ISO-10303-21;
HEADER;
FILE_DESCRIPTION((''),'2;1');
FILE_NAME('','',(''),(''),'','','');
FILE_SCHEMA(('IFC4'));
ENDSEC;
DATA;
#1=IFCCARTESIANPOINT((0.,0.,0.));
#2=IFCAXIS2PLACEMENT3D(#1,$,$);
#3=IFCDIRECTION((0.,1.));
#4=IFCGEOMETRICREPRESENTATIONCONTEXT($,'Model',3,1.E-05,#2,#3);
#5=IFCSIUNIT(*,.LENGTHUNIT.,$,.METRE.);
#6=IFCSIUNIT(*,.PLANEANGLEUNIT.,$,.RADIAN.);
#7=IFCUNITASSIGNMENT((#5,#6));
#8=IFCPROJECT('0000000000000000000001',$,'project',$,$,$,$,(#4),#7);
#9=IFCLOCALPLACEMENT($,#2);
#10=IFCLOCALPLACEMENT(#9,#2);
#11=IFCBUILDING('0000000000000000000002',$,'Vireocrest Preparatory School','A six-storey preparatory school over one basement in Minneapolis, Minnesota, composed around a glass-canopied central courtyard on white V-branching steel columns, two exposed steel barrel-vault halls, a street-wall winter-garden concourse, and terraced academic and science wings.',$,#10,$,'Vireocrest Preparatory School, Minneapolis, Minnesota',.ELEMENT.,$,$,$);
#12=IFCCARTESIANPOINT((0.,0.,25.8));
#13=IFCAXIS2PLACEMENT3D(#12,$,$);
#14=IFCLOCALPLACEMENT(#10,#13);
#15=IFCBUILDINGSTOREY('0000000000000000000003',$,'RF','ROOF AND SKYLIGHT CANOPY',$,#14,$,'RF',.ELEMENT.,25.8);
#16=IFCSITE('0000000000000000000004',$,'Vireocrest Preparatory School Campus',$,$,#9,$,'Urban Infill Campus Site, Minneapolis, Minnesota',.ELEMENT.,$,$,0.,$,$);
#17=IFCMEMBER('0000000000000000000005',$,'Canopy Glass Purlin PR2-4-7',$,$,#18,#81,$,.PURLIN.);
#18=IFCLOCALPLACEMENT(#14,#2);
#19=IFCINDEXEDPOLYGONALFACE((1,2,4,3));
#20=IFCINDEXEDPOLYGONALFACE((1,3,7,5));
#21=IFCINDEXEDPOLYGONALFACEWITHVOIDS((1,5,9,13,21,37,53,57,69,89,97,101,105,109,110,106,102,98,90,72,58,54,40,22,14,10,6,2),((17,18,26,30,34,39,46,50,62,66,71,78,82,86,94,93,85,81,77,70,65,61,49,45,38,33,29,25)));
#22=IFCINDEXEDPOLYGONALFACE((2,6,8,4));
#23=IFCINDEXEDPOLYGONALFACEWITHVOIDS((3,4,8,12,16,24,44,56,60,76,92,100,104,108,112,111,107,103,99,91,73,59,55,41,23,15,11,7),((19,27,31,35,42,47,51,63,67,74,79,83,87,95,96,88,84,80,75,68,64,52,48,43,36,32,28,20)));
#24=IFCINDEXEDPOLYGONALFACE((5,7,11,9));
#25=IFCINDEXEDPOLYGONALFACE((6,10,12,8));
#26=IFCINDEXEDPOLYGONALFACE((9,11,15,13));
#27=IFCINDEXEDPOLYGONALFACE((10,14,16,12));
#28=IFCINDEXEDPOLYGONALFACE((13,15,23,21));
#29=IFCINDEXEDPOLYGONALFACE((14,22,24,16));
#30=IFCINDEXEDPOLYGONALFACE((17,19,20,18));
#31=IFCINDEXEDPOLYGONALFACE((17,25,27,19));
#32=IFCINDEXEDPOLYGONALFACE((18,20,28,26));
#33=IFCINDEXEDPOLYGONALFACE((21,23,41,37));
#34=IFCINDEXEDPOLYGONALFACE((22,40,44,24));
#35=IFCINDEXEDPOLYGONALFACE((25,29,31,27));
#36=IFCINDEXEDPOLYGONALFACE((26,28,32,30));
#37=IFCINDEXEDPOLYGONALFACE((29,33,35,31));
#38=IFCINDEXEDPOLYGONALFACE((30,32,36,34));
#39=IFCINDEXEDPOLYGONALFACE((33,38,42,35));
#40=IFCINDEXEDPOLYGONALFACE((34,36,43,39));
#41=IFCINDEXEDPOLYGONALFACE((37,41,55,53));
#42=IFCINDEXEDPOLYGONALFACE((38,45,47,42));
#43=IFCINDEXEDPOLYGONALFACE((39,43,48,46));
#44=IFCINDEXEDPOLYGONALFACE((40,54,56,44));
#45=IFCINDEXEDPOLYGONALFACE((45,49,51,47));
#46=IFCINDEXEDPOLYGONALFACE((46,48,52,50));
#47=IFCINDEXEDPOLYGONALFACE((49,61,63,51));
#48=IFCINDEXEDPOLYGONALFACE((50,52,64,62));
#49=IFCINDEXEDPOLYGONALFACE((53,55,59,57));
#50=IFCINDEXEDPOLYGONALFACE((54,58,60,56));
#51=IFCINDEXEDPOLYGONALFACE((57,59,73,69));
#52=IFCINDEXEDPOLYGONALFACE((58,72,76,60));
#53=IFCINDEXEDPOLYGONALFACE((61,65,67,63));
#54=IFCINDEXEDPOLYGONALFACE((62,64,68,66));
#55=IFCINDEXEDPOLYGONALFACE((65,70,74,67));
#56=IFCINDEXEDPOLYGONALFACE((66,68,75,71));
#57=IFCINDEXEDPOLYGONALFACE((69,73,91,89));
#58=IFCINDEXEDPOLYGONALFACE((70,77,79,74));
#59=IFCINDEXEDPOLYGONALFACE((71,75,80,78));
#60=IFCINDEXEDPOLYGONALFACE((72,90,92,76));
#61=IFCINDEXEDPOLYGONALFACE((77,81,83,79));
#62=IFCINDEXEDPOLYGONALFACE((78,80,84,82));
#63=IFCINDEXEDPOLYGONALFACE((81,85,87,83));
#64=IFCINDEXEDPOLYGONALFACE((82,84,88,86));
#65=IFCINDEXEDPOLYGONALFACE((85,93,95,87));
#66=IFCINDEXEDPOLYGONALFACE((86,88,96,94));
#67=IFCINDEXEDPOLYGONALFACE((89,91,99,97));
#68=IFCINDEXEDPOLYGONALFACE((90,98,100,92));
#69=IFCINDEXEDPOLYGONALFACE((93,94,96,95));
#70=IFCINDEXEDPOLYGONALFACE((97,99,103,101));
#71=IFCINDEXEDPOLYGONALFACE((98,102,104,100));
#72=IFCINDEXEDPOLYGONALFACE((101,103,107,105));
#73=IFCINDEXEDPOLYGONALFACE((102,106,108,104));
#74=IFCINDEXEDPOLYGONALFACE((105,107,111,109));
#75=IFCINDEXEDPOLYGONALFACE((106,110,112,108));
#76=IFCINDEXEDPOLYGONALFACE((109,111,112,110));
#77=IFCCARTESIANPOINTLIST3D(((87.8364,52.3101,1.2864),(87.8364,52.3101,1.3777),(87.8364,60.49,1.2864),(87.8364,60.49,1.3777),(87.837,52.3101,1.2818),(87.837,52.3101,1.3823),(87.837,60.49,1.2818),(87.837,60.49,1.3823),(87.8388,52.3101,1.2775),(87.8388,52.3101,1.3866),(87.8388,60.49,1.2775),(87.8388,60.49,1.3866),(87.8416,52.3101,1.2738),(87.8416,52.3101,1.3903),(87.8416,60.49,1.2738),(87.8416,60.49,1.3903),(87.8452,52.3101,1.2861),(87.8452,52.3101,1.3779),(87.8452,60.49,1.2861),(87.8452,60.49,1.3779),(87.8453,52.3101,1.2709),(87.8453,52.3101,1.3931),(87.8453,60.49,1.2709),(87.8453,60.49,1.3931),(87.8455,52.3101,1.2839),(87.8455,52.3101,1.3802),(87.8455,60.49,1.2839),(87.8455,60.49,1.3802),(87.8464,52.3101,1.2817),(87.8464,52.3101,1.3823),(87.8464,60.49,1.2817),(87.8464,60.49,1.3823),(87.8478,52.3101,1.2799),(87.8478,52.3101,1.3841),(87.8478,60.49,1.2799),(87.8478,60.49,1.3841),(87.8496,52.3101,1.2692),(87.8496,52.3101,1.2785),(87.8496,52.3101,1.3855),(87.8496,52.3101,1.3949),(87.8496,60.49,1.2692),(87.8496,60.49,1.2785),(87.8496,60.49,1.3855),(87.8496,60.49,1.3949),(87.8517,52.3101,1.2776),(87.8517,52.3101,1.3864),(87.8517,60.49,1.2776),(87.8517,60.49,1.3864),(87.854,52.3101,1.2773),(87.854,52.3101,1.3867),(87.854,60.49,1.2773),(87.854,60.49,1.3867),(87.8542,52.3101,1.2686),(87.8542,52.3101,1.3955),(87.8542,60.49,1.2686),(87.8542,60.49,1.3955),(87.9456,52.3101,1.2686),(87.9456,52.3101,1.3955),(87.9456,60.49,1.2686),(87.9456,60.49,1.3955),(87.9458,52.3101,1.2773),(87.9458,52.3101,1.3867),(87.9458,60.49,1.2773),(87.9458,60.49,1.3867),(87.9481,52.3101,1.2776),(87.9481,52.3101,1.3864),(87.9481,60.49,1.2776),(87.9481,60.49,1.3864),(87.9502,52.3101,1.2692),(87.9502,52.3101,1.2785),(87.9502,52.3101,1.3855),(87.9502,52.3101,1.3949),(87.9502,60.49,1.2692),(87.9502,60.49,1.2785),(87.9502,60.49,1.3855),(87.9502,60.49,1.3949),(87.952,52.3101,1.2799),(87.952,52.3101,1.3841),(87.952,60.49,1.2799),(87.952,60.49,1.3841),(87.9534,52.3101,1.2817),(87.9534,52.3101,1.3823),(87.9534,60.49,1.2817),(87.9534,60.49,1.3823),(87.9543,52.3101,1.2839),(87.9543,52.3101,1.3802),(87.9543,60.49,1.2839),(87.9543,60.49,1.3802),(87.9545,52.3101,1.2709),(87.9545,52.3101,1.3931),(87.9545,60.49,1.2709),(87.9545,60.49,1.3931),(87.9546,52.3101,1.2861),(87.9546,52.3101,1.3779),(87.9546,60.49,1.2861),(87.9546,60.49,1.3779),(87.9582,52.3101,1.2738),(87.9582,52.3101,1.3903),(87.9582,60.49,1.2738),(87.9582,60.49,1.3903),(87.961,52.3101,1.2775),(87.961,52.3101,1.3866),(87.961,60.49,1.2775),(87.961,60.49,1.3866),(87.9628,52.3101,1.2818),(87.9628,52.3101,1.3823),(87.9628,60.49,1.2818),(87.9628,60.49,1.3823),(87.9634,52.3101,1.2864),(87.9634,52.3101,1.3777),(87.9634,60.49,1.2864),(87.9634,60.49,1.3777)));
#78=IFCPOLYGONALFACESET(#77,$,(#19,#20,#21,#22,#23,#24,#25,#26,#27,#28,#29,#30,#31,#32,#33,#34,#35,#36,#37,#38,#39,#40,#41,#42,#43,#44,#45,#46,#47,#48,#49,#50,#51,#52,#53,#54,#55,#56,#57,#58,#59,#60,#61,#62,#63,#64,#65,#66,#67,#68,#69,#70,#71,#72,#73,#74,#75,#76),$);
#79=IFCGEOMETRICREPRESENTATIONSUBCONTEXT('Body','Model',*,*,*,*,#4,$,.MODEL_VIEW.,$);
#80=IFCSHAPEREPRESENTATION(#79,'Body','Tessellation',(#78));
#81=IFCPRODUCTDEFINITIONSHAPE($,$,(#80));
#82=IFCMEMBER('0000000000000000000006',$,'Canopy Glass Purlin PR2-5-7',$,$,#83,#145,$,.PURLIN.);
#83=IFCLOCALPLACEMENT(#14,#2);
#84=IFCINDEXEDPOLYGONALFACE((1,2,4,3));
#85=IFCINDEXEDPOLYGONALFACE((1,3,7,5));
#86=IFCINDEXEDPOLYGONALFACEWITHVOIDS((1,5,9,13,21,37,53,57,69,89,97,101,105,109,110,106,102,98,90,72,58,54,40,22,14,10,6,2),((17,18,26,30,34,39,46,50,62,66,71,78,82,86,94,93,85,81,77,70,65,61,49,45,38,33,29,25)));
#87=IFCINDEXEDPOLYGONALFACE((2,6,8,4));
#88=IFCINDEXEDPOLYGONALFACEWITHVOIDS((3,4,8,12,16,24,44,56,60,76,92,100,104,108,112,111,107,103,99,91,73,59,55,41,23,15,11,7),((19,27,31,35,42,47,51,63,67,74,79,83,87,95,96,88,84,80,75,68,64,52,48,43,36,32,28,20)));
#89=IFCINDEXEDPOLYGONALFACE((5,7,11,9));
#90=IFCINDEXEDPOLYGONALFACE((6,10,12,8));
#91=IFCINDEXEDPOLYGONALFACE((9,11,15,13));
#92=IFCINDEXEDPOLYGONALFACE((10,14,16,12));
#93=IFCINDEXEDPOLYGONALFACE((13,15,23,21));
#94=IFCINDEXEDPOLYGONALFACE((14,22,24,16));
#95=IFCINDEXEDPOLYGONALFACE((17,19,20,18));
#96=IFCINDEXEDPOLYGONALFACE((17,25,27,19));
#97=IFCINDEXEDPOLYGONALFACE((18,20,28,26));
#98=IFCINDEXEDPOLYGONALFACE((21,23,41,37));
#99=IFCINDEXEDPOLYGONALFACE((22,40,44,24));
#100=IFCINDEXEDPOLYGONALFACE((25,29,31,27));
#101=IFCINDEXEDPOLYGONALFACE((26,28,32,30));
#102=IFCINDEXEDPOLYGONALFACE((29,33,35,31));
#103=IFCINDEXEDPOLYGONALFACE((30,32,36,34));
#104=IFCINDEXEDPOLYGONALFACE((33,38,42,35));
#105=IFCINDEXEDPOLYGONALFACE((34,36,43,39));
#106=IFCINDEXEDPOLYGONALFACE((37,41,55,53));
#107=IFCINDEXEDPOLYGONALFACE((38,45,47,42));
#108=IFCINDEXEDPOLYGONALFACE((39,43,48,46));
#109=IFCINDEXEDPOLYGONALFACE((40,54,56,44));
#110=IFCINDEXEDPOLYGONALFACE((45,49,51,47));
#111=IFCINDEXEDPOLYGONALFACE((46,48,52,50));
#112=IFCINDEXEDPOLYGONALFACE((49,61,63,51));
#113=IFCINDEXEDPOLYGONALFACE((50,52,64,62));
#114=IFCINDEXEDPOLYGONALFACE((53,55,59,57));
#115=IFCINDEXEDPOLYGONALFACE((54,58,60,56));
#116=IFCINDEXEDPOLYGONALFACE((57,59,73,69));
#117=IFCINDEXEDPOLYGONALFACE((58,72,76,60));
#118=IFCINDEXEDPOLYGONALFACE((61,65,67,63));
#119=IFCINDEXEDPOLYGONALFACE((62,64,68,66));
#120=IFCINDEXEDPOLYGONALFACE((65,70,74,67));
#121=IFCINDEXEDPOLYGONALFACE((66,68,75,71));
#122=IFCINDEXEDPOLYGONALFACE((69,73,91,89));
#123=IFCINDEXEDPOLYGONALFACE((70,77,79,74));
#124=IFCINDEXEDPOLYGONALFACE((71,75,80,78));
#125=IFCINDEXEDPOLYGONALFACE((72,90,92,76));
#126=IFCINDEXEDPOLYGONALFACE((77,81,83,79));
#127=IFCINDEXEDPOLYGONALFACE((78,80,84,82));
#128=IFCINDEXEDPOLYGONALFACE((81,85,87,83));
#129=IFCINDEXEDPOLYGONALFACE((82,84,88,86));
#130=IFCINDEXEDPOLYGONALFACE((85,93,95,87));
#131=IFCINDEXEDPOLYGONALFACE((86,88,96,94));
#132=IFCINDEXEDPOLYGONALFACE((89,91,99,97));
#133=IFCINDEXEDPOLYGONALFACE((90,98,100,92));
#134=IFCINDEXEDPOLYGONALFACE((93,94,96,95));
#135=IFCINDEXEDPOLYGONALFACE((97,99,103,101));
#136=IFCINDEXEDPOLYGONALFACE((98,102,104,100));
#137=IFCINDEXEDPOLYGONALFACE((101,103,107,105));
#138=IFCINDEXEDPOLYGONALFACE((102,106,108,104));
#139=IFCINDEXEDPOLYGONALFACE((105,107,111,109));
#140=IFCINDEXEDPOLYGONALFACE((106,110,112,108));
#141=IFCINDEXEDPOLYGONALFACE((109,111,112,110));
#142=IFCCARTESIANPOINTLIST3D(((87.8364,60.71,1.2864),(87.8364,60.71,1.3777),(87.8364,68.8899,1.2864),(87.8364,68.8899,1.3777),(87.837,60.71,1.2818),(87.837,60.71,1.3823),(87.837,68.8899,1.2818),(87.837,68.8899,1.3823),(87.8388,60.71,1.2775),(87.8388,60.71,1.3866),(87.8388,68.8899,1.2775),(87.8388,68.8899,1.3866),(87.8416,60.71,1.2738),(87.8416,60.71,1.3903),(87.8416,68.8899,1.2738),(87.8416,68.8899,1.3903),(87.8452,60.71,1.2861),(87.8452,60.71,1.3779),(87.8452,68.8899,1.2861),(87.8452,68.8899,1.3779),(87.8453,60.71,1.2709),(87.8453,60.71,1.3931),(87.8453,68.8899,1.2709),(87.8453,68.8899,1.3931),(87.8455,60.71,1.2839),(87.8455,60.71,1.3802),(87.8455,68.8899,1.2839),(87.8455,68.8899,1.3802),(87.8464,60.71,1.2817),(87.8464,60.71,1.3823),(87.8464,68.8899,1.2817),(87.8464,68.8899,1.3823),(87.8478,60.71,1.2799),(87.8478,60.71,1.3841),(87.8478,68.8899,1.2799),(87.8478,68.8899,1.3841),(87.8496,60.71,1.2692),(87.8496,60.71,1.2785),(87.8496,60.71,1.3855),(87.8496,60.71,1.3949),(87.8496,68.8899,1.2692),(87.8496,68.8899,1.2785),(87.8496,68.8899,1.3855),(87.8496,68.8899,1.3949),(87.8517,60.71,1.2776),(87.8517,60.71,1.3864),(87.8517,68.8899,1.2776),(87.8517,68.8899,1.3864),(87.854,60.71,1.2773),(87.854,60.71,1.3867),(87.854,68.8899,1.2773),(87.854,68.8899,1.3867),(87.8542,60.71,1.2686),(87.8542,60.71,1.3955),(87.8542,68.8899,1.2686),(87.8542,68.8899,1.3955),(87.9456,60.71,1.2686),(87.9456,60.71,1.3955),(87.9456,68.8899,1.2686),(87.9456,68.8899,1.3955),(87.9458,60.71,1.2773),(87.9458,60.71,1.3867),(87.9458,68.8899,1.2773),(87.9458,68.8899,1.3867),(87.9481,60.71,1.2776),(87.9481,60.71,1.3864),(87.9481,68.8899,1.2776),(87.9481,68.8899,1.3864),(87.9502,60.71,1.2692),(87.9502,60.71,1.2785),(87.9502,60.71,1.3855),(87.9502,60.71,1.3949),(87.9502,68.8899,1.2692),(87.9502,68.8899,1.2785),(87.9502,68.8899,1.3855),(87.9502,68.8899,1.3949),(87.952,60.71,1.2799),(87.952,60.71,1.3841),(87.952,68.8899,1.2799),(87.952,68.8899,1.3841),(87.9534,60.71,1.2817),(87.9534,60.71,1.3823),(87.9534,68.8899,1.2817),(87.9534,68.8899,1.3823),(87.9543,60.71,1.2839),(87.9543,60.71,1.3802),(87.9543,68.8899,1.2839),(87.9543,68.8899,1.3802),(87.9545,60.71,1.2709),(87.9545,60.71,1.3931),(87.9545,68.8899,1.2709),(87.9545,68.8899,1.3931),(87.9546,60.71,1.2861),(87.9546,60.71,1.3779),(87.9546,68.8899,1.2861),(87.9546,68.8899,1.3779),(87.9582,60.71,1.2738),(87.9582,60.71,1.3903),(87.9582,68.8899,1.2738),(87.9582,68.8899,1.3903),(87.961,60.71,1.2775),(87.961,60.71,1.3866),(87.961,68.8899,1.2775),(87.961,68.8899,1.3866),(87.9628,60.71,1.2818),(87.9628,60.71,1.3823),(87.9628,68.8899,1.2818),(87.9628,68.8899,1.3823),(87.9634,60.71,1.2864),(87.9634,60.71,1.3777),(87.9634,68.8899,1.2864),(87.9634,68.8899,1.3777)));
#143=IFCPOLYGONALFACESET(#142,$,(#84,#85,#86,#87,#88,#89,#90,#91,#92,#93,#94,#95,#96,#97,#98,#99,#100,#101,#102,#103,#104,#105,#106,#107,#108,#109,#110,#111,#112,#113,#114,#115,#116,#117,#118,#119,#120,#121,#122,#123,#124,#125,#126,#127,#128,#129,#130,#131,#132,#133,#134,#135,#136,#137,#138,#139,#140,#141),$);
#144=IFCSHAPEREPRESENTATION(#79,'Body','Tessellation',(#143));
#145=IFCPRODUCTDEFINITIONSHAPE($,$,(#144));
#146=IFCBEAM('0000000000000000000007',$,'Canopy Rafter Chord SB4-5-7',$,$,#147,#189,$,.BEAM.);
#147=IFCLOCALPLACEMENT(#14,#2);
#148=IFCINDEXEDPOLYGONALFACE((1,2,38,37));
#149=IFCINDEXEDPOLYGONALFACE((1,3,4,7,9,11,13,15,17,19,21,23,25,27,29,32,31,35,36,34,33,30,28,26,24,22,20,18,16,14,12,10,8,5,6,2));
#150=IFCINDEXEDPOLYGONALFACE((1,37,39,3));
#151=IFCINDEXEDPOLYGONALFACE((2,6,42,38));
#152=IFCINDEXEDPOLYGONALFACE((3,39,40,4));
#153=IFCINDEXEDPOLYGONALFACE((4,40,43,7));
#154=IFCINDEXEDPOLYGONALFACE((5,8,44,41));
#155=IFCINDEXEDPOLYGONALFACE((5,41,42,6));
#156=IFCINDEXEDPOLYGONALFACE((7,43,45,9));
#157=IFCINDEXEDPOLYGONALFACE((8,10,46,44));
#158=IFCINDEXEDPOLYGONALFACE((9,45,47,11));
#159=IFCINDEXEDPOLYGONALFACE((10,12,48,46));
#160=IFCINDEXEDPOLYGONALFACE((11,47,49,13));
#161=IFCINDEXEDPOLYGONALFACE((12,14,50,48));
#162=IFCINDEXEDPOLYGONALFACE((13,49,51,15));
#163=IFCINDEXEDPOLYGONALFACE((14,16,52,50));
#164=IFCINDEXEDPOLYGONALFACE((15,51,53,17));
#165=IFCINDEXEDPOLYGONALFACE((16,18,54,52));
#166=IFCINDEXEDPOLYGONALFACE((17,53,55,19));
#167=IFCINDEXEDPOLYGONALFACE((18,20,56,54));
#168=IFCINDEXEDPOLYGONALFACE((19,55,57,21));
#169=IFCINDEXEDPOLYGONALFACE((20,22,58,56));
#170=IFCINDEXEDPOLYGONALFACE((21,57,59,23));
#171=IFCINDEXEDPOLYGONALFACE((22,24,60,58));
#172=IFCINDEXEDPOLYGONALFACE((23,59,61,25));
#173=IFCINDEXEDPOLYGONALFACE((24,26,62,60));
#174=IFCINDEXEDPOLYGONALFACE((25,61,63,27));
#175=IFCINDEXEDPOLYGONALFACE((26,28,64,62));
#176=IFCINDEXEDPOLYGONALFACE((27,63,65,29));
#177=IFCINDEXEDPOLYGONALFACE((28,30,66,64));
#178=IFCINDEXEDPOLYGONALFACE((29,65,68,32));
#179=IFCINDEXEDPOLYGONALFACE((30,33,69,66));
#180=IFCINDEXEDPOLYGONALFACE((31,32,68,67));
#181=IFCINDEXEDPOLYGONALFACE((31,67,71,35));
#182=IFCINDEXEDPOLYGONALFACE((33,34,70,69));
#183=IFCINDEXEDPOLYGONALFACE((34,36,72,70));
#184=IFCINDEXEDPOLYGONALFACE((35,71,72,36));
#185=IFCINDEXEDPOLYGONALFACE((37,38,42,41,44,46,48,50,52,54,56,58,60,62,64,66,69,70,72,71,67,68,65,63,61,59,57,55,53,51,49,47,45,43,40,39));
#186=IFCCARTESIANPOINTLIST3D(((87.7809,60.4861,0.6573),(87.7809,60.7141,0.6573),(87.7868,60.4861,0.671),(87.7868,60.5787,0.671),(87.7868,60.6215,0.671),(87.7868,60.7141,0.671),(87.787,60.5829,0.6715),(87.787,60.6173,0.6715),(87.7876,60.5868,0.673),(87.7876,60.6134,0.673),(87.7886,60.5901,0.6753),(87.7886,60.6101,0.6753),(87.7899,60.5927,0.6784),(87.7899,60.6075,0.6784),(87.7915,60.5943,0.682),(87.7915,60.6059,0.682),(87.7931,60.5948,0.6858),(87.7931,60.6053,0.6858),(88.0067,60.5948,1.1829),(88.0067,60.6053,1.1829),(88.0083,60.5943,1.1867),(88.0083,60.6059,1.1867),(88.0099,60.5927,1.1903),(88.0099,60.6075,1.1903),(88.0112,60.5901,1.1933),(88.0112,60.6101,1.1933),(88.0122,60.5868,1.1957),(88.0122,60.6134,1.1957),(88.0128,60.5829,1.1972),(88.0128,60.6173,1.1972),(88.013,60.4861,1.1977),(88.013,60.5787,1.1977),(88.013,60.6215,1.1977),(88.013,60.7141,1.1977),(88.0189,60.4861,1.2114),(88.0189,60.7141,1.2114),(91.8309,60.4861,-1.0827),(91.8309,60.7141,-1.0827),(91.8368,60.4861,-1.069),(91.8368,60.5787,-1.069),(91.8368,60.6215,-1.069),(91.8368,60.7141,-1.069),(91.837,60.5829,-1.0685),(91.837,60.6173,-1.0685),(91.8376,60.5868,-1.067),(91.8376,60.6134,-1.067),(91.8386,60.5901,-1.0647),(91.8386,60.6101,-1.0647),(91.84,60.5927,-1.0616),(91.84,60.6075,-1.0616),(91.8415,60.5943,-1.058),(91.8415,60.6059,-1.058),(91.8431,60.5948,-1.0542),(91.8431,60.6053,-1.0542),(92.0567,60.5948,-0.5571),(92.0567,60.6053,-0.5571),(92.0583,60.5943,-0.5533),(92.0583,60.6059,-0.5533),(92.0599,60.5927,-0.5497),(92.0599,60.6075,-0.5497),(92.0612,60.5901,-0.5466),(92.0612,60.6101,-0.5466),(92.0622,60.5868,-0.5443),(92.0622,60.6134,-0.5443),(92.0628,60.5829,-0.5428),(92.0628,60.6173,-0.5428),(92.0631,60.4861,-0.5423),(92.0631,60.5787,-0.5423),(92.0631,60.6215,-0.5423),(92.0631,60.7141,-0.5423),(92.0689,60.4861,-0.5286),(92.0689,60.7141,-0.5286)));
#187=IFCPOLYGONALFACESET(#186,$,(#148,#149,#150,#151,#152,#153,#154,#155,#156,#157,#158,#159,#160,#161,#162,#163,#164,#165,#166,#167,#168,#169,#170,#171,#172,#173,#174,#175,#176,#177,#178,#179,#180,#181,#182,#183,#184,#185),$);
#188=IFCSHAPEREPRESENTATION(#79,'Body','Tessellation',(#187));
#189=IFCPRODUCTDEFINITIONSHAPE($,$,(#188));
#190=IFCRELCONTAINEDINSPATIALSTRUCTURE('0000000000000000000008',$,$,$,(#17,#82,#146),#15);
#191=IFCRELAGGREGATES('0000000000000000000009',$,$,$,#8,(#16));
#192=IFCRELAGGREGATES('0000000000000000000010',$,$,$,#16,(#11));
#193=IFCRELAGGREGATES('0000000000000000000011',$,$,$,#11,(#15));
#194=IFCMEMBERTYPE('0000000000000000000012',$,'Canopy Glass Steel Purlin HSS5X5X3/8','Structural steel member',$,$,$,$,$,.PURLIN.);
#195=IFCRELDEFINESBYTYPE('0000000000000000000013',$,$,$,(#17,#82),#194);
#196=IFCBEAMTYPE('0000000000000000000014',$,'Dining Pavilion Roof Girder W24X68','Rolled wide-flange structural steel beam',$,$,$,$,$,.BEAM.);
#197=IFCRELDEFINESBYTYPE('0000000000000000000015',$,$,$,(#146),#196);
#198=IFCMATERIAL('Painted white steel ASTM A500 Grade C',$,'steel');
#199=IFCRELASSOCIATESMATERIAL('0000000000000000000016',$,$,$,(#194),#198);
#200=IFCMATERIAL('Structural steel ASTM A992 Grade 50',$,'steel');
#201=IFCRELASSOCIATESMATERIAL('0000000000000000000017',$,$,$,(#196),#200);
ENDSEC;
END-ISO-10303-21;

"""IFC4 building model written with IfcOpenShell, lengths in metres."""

from ifc_helpers import new_model, si_unit, direction, frame, origin, origin_2d, place, context, subcontext, project, spatial, hollow_rectangle, i_section, extrude, material, material_profile, profile_set, type_object, element, save


model = new_model("IFC4")

# Units and contexts
model_context = context("Model", 3, precision=1e-05, world=origin(), true_north=direction((0.0, 1.0)))
body_context = subcontext(model_context, "Body", "Model", "MODEL_VIEW")
ifc_project = project(units=[si_unit("LENGTHUNIT", "METRE"), si_unit("PLANEANGLEUNIT", "RADIAN")], contexts=[model_context])

# Site, building, storey
site_placement = place(None, origin())
site = spatial("IfcSite", under=ifc_project, at=site_placement, Name="Vireocrest Preparatory School Campus", LongName="Urban Infill Campus Site, Minneapolis, Minnesota", CompositionType="ELEMENT", RefElevation=0.0)
building_placement = place(site_placement, origin())
building = spatial("IfcBuilding", under=site, at=building_placement, Name="Vireocrest Preparatory School", Description="A six-storey preparatory school over one basement in Minneapolis, Minnesota, composed around a glass-canopied central courtyard on white V-branching steel columns, two exposed steel barrel-vault halls, a street-wall winter-garden concourse, and terraced academic and science wings.", LongName="Vireocrest Preparatory School, Minneapolis, Minnesota", CompositionType="ELEMENT")
storey_placement = place(building_placement, frame((0.0, 0.0, 25.8)))
storey = spatial("IfcBuildingStorey", under=building, at=storey_placement, Name="RF", Description="ROOF AND SKYLIGHT CANOPY", LongName="RF", CompositionType="ELEMENT", Elevation=25.8)

# Members
ifc_material_1 = material(Name="Painted white steel ASTM A500 Grade C", Category="steel")
ifc_material_profile_1 = material_profile(ifc_material_1, hollow_rectangle(XDim=0.127, YDim=0.127, WallThickness=0.0088, InnerFilletRadius=0.0088, OuterFilletRadius=0.0178, at=origin_2d()), Name="HSS5X5X3/8")
ifc_profile_set_1 = profile_set([ifc_material_profile_1], Name="Painted white steel ASTM A500 Grade C")
member_type_1 = type_object("IfcMemberType", Name="Canopy Glass Steel Purlin HSS5X5X3/8", Description="Structural steel member", PredefinedType="PURLIN", material=ifc_profile_set_1)
for number, where, z_axis, x_axis, name in (
    (1, (87.8999, 52.3101, 1.332), (0.0, 1.0, 0.0), (-1.0, 0.0, 0.0), "Canopy Glass Purlin PR2-4-7"),
    (2, (87.8999, 60.71, 1.332), (0.0, 1.0, 0.0), (-1.0, 0.0, 0.0), "Canopy Glass Purlin PR2-5-7"),
):
    element("IfcMember", number, at=place(storey_placement, frame(where, z_axis=z_axis, x_axis=x_axis)), inside=storey, type_object=member_type_1, Name=name, PredefinedType="PURLIN", context=body_context, shape_type="SweptSolid", body=[
        extrude(hollow_rectangle(XDim=0.127, YDim=0.127, WallThickness=0.0088, InnerFilletRadius=0.0088, OuterFilletRadius=0.0178, at=origin_2d()), origin(), (0.0, 0.0, 1.0), 8.1799),
    ])

# Beam
ifc_material_2 = material(Name="Structural steel ASTM A992 Grade 50", Category="steel")
ifc_material_profile_2 = material_profile(ifc_material_2, i_section(OverallWidth=0.228, OverallDepth=0.603, WebThickness=0.0105, FlangeThickness=0.0149, FilletRadius=0.0161, at=origin_2d()), Name="W24X68")
ifc_profile_set_2 = profile_set([ifc_material_profile_2], Name="Structural steel ASTM A992 Grade 50")
beam_type_1 = type_object("IfcBeamType", Name="Dining Pavilion Roof Girder W24X68", Description="Rolled wide-flange structural steel beam", PredefinedType="BEAM", material=ifc_profile_set_2)
for number, where, z_axis, x_axis, name in (
    (3, (87.8999, 60.6001, 0.9343), (0.918795, 0.0, -0.394735), (0.0, 1.0, 0.0), "Canopy Rafter Chord SB4-5-7"),
):
    element("IfcBeam", number, at=place(storey_placement, frame(where, z_axis=z_axis, x_axis=x_axis)), inside=storey, type_object=beam_type_1, Name=name, PredefinedType="BEAM", context=body_context, shape_type="SweptSolid", body=[
        extrude(i_section(OverallWidth=0.228, OverallDepth=0.603, WebThickness=0.0105, FlangeThickness=0.0149, FilletRadius=0.0161, at=origin_2d()), origin(), (0.0, 0.0, 1.0), 4.408),
    ])

save(model, "model.ifc")
